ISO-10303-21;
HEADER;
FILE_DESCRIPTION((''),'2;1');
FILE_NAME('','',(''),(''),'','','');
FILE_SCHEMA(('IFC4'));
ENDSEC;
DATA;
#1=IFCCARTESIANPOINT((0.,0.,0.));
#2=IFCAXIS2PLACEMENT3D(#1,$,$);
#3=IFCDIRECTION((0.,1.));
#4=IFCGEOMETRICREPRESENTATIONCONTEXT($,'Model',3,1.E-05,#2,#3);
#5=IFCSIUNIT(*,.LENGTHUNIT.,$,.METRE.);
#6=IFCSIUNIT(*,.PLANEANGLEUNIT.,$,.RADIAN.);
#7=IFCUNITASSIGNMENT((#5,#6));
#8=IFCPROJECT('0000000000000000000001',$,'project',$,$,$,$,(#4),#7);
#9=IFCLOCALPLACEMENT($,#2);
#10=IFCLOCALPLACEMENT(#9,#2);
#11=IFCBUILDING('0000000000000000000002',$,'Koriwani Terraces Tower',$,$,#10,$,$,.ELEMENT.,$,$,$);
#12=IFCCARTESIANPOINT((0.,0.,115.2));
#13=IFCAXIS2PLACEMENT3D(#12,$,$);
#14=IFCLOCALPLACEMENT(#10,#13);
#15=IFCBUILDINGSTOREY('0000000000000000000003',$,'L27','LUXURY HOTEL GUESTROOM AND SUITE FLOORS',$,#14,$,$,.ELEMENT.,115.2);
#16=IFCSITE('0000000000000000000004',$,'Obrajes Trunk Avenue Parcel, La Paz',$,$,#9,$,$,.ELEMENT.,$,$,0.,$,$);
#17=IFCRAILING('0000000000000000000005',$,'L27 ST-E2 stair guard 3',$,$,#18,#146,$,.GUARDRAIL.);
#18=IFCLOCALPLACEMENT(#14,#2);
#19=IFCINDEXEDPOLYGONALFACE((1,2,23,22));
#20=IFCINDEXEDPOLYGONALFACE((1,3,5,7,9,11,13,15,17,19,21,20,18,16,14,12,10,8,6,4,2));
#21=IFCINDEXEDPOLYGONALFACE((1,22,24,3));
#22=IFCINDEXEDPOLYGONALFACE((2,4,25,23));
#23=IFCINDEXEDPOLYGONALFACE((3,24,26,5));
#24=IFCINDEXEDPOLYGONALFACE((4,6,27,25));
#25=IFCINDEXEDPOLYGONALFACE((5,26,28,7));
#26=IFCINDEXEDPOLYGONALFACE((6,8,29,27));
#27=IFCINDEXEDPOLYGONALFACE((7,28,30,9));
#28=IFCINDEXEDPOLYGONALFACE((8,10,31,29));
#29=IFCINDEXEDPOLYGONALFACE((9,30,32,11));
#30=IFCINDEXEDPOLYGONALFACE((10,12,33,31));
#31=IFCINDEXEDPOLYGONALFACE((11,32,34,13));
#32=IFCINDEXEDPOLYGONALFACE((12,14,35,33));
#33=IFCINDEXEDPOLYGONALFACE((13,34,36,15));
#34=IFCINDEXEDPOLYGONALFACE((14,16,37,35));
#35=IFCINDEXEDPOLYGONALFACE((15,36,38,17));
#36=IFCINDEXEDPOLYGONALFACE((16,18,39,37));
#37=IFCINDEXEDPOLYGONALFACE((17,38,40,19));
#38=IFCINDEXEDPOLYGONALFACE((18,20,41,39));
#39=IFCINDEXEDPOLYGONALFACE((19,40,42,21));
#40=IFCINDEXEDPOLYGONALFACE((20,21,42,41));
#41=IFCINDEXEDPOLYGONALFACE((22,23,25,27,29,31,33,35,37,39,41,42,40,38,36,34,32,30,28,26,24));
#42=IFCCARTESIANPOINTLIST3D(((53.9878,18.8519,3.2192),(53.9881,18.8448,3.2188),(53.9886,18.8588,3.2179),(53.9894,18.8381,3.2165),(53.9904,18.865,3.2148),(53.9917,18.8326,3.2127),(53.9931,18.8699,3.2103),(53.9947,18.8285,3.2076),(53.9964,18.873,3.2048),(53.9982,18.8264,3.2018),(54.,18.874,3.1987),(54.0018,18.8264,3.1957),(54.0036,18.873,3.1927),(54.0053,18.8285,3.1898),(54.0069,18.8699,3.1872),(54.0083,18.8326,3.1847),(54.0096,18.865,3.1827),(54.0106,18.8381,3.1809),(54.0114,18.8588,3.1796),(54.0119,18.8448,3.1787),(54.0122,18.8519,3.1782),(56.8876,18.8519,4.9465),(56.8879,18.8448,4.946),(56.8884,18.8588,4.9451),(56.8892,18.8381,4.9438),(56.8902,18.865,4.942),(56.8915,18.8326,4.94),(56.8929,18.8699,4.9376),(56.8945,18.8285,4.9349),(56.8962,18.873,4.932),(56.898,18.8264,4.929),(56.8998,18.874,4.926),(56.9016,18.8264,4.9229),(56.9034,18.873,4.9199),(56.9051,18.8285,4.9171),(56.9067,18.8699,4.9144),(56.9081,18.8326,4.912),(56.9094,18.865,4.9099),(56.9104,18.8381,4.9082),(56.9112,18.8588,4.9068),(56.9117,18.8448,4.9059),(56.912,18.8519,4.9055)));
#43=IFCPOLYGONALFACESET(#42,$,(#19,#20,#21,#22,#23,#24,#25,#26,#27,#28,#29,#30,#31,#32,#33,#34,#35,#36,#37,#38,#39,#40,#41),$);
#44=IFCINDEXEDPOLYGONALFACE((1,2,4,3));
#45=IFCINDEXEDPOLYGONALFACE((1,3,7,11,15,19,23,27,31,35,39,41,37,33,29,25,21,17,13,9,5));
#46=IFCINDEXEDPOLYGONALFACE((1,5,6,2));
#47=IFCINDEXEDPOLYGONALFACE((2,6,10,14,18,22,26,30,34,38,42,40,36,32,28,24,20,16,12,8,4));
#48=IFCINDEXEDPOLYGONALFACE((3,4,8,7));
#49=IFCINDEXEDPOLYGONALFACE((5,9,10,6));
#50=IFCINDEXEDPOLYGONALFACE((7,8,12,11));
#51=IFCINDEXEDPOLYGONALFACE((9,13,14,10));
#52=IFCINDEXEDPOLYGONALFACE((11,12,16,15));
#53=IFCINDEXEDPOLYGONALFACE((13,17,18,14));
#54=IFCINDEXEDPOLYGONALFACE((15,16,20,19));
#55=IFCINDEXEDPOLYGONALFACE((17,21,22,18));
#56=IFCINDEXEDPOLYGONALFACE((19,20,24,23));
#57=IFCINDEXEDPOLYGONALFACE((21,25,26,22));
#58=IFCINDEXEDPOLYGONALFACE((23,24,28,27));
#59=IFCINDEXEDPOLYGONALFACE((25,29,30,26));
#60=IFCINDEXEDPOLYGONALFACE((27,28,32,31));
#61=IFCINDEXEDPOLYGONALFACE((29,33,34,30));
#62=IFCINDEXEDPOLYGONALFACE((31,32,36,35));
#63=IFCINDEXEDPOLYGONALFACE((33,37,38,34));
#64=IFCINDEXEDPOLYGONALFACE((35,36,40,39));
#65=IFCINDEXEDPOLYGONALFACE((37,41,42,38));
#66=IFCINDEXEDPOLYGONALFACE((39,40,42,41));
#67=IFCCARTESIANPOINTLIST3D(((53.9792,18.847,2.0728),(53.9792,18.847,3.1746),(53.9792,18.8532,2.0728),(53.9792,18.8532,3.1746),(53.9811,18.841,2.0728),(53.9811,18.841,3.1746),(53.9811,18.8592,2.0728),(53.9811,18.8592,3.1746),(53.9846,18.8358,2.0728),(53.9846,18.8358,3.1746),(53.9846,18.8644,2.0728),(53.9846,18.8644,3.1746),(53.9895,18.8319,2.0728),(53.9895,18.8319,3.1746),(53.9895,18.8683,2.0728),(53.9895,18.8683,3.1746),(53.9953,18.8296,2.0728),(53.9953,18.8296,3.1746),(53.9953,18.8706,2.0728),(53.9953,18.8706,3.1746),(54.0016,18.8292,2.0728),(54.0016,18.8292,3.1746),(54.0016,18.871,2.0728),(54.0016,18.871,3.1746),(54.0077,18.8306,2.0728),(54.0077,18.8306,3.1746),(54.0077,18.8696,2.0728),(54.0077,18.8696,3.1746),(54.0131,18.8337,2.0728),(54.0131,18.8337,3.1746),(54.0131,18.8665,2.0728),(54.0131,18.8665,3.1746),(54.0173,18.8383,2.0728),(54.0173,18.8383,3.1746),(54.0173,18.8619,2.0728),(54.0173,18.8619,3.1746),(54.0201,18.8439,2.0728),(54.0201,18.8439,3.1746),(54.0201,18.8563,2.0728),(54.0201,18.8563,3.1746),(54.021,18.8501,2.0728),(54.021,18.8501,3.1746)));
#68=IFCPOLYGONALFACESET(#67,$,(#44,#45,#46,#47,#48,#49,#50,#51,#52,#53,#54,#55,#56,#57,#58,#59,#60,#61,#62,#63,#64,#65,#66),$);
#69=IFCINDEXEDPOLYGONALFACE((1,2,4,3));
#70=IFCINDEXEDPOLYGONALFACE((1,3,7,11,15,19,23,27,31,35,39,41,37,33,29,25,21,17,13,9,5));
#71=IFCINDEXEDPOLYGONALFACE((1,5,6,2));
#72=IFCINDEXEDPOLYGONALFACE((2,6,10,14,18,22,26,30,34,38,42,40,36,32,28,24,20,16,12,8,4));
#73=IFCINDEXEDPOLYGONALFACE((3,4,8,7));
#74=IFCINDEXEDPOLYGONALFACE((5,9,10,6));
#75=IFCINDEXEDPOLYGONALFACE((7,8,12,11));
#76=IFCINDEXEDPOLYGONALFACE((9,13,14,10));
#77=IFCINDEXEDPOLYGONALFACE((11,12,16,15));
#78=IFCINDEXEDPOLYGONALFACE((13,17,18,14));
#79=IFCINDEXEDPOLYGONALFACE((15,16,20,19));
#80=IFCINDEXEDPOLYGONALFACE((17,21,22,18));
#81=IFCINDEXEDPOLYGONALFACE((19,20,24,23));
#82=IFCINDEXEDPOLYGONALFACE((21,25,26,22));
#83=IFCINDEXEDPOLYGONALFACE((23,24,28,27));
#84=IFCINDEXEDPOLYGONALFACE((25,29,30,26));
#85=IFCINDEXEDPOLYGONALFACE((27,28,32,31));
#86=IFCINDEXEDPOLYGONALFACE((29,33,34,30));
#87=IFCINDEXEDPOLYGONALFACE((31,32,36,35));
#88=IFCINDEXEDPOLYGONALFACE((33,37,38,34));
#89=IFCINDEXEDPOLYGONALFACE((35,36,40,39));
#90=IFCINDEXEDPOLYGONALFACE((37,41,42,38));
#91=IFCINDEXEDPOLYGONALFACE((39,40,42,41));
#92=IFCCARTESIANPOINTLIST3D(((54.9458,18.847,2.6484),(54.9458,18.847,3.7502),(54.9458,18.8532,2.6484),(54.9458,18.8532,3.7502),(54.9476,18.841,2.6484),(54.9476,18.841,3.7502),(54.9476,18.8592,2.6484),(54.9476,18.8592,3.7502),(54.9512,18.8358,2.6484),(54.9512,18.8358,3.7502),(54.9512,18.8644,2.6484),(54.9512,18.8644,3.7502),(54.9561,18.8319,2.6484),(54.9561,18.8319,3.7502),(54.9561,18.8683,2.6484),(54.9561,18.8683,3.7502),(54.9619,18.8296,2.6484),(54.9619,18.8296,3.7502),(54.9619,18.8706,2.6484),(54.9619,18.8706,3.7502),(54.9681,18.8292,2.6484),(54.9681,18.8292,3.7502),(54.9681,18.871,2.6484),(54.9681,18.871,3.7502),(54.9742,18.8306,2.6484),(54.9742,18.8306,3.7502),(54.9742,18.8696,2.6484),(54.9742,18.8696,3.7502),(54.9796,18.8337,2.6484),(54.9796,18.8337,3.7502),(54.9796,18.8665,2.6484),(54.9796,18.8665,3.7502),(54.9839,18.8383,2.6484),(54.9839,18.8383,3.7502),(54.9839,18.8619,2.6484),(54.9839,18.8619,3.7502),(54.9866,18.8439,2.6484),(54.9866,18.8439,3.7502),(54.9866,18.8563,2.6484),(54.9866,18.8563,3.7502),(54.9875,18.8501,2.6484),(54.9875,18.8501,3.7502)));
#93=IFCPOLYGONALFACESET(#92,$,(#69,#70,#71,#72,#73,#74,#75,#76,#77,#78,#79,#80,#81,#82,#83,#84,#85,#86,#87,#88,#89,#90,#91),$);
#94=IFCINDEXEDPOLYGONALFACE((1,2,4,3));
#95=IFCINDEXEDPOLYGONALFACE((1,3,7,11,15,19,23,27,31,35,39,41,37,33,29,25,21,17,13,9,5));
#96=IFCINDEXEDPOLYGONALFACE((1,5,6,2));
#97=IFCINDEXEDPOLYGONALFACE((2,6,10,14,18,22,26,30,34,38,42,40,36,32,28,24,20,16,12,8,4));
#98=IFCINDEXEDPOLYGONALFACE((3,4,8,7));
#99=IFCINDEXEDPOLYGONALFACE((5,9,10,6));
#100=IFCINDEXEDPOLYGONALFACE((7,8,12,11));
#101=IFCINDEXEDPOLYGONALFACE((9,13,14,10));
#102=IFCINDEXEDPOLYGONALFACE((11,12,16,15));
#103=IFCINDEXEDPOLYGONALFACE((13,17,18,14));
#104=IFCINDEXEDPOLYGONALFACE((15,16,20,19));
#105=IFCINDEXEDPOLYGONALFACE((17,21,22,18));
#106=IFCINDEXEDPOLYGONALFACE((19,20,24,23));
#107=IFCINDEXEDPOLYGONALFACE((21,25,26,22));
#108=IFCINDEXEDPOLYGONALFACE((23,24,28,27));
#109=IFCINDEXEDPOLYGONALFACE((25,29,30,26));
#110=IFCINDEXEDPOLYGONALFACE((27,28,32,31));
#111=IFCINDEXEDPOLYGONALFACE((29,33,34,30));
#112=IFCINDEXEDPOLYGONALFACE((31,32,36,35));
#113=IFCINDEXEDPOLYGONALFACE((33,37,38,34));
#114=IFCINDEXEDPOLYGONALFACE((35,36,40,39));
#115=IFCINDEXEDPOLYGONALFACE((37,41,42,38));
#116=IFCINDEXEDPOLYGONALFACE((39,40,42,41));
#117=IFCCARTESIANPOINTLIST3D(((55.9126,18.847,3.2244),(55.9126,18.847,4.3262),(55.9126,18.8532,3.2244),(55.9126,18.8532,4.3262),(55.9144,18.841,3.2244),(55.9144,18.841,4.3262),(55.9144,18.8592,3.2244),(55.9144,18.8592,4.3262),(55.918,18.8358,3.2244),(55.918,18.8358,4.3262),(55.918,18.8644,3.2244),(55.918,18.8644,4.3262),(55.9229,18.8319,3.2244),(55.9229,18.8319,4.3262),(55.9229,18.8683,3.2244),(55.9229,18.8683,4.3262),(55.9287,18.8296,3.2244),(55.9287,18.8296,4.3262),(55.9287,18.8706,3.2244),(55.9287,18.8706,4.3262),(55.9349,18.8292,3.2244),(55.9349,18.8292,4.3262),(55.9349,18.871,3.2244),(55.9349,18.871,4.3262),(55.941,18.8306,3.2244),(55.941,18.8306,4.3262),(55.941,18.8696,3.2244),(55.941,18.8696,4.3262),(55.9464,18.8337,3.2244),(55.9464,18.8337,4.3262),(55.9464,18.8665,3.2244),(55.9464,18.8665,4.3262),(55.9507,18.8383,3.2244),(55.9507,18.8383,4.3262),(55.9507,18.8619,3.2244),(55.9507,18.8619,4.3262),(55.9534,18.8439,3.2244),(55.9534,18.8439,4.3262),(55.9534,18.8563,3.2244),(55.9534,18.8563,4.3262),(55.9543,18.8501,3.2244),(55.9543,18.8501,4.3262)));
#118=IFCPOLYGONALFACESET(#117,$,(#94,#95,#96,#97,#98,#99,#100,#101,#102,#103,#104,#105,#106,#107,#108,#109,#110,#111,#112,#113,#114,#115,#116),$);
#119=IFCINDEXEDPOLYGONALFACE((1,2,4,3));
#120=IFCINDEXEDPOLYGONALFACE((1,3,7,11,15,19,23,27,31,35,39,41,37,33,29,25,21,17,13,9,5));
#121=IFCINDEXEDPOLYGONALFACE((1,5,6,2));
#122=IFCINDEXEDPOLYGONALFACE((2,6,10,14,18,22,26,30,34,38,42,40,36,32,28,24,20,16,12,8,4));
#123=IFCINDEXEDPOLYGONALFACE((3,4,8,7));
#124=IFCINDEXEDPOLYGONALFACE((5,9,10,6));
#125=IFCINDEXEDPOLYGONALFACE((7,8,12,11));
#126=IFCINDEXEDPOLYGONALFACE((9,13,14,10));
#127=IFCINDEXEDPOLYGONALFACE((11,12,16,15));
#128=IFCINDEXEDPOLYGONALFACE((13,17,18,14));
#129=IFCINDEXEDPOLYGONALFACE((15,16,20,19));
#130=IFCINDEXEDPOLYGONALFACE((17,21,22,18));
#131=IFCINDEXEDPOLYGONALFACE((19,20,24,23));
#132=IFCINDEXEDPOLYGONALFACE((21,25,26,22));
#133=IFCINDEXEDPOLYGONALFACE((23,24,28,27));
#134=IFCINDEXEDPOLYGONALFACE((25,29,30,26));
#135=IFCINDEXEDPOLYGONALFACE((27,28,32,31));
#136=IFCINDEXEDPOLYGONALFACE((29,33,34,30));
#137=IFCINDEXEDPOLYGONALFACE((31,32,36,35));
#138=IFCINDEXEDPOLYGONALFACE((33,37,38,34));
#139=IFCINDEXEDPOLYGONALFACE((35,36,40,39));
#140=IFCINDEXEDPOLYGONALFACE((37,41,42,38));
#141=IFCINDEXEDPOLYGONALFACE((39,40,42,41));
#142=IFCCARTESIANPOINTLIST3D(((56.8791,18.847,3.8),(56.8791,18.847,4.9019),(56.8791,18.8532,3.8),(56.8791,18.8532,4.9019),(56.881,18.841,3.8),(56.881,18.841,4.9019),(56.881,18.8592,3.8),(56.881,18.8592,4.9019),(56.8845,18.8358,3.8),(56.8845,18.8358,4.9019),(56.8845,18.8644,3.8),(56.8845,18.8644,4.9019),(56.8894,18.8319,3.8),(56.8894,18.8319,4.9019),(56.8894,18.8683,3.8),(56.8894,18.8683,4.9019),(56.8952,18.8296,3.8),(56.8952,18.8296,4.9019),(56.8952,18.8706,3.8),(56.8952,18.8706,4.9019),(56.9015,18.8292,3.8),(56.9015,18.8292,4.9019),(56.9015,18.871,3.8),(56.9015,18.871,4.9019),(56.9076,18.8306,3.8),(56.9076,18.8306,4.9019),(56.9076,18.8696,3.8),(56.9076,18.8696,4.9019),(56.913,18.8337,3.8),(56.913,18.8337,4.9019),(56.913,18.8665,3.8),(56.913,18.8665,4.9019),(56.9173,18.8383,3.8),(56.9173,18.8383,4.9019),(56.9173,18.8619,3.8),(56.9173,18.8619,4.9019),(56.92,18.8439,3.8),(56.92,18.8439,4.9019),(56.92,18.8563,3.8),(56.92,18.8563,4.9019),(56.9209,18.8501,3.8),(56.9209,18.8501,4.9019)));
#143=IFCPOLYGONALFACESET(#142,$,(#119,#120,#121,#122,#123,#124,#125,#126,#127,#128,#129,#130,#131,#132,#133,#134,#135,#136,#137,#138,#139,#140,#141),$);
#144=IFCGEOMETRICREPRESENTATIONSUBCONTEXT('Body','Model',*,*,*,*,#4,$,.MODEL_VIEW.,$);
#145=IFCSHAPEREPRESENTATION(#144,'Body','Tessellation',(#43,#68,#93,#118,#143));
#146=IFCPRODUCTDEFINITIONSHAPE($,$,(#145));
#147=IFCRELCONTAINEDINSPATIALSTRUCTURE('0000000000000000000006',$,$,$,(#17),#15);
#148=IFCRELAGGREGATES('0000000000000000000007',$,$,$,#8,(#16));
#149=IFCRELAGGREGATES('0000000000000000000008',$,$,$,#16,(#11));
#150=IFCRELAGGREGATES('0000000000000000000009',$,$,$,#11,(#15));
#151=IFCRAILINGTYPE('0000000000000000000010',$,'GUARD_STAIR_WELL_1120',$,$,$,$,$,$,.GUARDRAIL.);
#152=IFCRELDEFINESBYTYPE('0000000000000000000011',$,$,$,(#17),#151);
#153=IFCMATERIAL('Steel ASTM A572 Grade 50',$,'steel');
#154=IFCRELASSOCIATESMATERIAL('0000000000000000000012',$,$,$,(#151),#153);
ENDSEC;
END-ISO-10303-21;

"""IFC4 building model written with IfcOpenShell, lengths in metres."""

from ifc_helpers import new_model, si_unit, direction, frame, origin, origin_2d, place, context, subcontext, project, spatial, circle, extrude, material, type_object, element, save


model = new_model("IFC4")

# Units and contexts
model_context = context("Model", 3, precision=1e-05, world=origin(), true_north=direction((0.0, 1.0)))
body_context = subcontext(model_context, "Body", "Model", "MODEL_VIEW")
ifc_project = project(units=[si_unit("LENGTHUNIT", "METRE"), si_unit("PLANEANGLEUNIT", "RADIAN")], contexts=[model_context])

# Site, building, storey
site_placement = place(None, origin())
site = spatial("IfcSite", under=ifc_project, at=site_placement, Name="Obrajes Trunk Avenue Parcel, La Paz", CompositionType="ELEMENT", RefElevation=0.0)
building_placement = place(site_placement, origin())
building = spatial("IfcBuilding", under=site, at=building_placement, Name="Koriwani Terraces Tower", CompositionType="ELEMENT")
storey_placement = place(building_placement, frame((0.0, 0.0, 115.2)))
storey = spatial("IfcBuildingStorey", under=building, at=storey_placement, Name="L27", Description="LUXURY HOTEL GUESTROOM AND SUITE FLOORS", CompositionType="ELEMENT", Elevation=115.2)

# Shared definitions
ifc_material_1 = material(Name="Steel ASTM A572 Grade 50", Category="steel")

# Railing
railing_type_1 = type_object("IfcRailingType", Name="GUARD_STAIR_WELL_1120", PredefinedType="GUARDRAIL", material=ifc_material_1)
railing_1_placement = place(storey_placement, frame((54.0, 18.8501, 2.0728)))
element("IfcRailing", 1, at=railing_1_placement, inside=storey, type_object=railing_type_1, Name="L27 ST-E2 stair guard 3", PredefinedType="GUARDRAIL", context=body_context, shape_type="SweptSolid", body=[
    extrude(circle(Radius=0.0239, at=origin_2d()), frame((0.0, 0.0, 1.126), z_axis=(0.859141, 0.0, 0.511738), x_axis=(0.0, 1.0, 0.0)), (0.0, 0.0, 1.0), 3.3752),
    extrude(circle(Radius=0.021, at=origin_2d()), origin(), (0.0, 0.0, 1.0), 1.1018),
    extrude(circle(Radius=0.021, at=origin_2d()), frame((0.9666, 0.0, 0.5757)), (0.0, 0.0, 1.0), 1.1018),
    extrude(circle(Radius=0.021, at=origin_2d()), frame((1.9333, 0.0, 1.1516)), (0.0, 0.0, 1.0), 1.1018),
    extrude(circle(Radius=0.021, at=origin_2d()), frame((2.8999, 0.0, 1.7273)), (0.0, 0.0, 1.0), 1.1018),
])

save(model, "model.ifc")
